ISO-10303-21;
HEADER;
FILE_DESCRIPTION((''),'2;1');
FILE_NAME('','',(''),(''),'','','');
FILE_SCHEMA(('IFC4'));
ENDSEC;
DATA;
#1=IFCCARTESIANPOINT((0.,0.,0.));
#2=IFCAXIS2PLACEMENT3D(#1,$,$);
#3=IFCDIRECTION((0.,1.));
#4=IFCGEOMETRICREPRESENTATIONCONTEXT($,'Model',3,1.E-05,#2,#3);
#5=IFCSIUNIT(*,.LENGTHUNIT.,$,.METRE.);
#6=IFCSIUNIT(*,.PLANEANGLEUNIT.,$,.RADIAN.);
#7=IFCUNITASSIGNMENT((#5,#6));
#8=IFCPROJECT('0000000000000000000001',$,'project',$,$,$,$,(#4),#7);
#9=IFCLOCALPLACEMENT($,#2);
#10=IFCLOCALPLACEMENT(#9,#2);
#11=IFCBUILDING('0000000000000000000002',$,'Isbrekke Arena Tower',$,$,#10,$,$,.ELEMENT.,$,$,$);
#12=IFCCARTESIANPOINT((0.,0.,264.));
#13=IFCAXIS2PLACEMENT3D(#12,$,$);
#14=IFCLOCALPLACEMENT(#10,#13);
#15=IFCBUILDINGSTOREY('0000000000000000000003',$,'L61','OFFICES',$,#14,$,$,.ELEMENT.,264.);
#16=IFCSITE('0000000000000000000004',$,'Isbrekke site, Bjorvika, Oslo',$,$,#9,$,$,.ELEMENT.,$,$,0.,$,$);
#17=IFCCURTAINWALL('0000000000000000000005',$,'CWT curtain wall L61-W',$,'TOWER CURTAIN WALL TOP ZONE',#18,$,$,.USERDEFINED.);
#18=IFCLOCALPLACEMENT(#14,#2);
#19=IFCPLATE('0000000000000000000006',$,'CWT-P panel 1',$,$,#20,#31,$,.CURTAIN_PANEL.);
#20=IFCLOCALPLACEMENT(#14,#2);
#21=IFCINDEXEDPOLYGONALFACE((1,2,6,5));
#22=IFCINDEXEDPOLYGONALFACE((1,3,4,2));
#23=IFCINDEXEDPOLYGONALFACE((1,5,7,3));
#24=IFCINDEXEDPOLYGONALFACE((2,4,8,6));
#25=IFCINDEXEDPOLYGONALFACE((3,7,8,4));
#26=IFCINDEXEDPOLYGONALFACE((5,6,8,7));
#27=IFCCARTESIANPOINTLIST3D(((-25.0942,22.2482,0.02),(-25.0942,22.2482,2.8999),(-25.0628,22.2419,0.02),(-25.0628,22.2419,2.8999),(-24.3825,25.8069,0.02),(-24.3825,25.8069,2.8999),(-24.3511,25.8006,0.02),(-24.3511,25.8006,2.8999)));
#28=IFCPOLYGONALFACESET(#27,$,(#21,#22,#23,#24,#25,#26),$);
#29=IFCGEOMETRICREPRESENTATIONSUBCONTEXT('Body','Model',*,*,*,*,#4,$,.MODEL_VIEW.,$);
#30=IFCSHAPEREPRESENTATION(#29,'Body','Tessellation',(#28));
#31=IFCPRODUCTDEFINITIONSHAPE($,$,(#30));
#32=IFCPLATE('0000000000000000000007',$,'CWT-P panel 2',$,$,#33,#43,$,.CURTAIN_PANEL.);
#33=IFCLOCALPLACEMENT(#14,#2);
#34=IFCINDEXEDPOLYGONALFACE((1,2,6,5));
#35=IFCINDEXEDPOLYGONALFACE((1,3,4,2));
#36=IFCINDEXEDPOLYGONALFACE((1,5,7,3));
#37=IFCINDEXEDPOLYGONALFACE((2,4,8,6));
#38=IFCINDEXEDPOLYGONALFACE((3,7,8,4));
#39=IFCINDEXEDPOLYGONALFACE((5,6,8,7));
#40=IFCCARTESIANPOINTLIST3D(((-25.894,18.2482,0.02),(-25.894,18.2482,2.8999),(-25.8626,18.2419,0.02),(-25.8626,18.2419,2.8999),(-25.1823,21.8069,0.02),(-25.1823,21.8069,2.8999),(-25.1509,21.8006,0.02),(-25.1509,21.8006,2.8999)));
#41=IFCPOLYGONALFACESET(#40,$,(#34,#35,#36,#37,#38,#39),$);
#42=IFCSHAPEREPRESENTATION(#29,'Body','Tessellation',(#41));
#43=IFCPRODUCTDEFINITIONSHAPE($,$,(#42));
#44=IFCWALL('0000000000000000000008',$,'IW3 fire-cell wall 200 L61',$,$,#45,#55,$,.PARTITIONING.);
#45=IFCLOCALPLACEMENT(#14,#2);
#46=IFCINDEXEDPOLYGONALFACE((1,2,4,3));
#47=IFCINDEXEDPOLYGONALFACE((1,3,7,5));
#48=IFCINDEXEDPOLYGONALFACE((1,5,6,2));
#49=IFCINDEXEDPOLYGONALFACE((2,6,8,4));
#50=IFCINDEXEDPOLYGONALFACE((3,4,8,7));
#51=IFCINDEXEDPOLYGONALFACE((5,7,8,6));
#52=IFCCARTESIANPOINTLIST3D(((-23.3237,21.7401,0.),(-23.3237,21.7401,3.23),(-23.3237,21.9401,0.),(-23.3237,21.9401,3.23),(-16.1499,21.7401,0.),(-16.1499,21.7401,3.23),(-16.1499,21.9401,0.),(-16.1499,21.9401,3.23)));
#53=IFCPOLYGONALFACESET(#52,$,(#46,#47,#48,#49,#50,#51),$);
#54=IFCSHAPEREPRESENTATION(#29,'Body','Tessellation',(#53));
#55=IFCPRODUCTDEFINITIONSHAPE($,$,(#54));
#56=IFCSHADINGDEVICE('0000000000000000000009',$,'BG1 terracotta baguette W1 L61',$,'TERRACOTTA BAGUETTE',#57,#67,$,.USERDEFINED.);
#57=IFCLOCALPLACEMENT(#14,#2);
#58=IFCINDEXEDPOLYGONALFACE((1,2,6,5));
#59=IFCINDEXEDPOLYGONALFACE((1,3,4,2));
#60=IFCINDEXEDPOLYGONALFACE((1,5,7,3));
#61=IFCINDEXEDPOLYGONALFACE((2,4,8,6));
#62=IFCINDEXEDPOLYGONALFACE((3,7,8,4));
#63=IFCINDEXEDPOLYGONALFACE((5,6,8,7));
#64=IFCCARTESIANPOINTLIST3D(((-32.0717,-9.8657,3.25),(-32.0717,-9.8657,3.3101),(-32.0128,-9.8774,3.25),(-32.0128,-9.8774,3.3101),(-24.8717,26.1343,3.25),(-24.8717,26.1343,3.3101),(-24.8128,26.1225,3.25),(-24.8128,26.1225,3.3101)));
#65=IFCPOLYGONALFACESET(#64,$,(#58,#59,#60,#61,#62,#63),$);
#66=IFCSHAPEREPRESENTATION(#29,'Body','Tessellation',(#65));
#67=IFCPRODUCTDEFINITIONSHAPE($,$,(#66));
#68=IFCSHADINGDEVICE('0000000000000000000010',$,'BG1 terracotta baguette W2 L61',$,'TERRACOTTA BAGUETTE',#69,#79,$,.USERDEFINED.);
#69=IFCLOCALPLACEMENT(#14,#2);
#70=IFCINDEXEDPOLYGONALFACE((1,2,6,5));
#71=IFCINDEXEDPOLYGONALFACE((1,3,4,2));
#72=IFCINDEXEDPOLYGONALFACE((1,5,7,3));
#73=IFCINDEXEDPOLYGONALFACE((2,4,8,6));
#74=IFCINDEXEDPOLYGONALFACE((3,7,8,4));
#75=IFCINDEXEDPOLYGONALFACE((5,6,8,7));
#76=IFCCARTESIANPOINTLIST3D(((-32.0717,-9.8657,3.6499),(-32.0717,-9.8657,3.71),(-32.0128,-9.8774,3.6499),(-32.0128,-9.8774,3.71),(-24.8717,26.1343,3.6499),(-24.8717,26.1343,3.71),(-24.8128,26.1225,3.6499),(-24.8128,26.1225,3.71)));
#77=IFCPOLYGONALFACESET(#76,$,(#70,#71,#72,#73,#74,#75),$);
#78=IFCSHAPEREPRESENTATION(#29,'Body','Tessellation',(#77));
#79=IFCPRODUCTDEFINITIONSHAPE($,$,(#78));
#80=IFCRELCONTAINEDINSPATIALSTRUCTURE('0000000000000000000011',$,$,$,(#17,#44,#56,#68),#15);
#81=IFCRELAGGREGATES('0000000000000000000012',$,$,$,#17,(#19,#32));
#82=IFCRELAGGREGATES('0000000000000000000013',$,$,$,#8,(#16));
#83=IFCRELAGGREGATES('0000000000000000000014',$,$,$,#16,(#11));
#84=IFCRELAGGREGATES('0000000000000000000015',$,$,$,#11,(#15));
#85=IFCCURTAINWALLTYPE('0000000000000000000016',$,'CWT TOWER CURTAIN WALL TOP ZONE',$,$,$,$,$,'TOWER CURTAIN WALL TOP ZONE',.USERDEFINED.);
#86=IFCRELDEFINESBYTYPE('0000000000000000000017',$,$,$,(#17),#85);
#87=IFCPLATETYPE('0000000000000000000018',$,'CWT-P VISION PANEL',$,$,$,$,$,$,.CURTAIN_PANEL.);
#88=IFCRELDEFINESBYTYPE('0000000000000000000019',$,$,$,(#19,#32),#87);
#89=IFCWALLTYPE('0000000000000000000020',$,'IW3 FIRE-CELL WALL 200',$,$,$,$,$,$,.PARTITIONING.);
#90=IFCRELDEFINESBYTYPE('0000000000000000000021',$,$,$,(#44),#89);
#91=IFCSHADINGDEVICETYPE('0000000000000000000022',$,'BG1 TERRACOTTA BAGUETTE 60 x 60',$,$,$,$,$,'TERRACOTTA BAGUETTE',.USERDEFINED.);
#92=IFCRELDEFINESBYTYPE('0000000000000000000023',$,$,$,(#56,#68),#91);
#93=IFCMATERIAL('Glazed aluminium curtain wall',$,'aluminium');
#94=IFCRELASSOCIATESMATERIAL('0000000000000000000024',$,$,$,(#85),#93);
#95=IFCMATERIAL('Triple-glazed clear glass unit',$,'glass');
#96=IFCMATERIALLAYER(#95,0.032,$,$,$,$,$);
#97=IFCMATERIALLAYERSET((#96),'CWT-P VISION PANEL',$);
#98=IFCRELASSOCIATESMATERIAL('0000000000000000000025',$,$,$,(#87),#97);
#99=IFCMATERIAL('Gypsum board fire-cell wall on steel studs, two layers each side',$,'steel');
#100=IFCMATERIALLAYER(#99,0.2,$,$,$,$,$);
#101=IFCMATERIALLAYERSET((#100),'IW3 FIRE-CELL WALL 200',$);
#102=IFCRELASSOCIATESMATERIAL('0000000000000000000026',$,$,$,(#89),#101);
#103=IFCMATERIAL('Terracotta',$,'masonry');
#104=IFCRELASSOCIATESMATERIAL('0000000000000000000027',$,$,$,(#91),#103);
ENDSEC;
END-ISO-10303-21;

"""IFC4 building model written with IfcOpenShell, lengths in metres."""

from ifc_helpers import new_model, si_unit, direction, frame, frame_2d, origin, origin_2d, place, context, subcontext, project, spatial, rectangle, extrude, material, layer, layer_set, material_profile, profile_set, type_object, element, aggregate, save


model = new_model("IFC4")

# Units and contexts
model_context = context("Model", 3, precision=1e-05, world=origin(), true_north=direction((0.0, 1.0)))
body_context = subcontext(model_context, "Body", "Model", "MODEL_VIEW")
ifc_project = project(units=[si_unit("LENGTHUNIT", "METRE"), si_unit("PLANEANGLEUNIT", "RADIAN")], contexts=[model_context])

# Site, building, storey
site_placement = place(None, origin())
site = spatial("IfcSite", under=ifc_project, at=site_placement, Name="Isbrekke site, Bjorvika, Oslo", CompositionType="ELEMENT", RefElevation=0.0)
building_placement = place(site_placement, origin())
building = spatial("IfcBuilding", under=site, at=building_placement, Name="Isbrekke Arena Tower", CompositionType="ELEMENT")
storey_placement = place(building_placement, frame((0.0, 0.0, 264.0)))
storey = spatial("IfcBuildingStorey", under=building, at=storey_placement, Name="L61", Description="OFFICES", CompositionType="ELEMENT", Elevation=264.0)

# Shared definitions
ifc_material_1 = material(Name="Glazed aluminium curtain wall", Category="aluminium")
curtain_wall_type = type_object("IfcCurtainWallType", Name="CWT TOWER CURTAIN WALL TOP ZONE", ElementType="TOWER CURTAIN WALL TOP ZONE", PredefinedType="USERDEFINED", material=ifc_material_1)

# Curtain wall
curtain_wall_1_placement = place(storey_placement, origin())
curtain_wall_1 = element("IfcCurtainWall", 1, at=curtain_wall_1_placement, inside=storey, type_object=curtain_wall_type, Name="CWT curtain wall L61-W", ObjectType="TOWER CURTAIN WALL TOP ZONE", PredefinedType="USERDEFINED")

# Plates
ifc_material_2 = material(Name="Triple-glazed clear glass unit", Category="glass")
ifc_layer_1 = layer(ifc_material_2, 0.032)
ifc_layer_set_1 = layer_set([ifc_layer_1], Name="CWT-P VISION PANEL")
plate_type = type_object("IfcPlateType", Name="CWT-P VISION PANEL", PredefinedType="CURTAIN_PANEL", material=ifc_layer_set_1)
plate_1_placement = place(storey_placement, frame((-24.7227, 24.0244, 0.02), z_axis=(0.0, 0.0, 1.0), x_axis=(-0.196116, -0.980581, 0.0)))
plate_1 = element("IfcPlate", 2, at=plate_1_placement, type_object=plate_type, Name="CWT-P panel 1", PredefinedType="CURTAIN_PANEL", context=body_context, shape_type="SweptSolid", body=[
    extrude(rectangle(XDim=3.6292, YDim=0.032, at=origin_2d()), origin(), (0.0, 0.0, 1.0), 2.8799),
])
plate_2_placement = place(storey_placement, frame((-25.5225, 20.0244, 0.02), z_axis=(0.0, 0.0, 1.0), x_axis=(-0.196116, -0.980581, 0.0)))
plate_2 = element("IfcPlate", 3, at=plate_2_placement, type_object=plate_type, Name="CWT-P panel 2", PredefinedType="CURTAIN_PANEL", context=body_context, shape_type="SweptSolid", body=[
    extrude(rectangle(XDim=3.6292, YDim=0.032, at=origin_2d()), origin(), (0.0, 0.0, 1.0), 2.8799),
])
aggregate(curtain_wall_1, [plate_1, plate_2])

# Wall
ifc_material_3 = material(Name="Gypsum board fire-cell wall on steel studs, two layers each side", Category="steel")
ifc_layer_2 = layer(ifc_material_3, 0.2)
ifc_layer_set_2 = layer_set([ifc_layer_2], Name="IW3 FIRE-CELL WALL 200")
wall_type = type_object("IfcWallType", Name="IW3 FIRE-CELL WALL 200", PredefinedType="PARTITIONING", material=ifc_layer_set_2)
wall_placement = place(storey_placement, frame((-23.3237, 21.8401, 0.0), z_axis=(0.0, 0.0, 1.0), x_axis=(1.0, 0.0, 0.0)))
element("IfcWall", 4, at=wall_placement, inside=storey, type_object=wall_type, Name="IW3 fire-cell wall 200 L61", PredefinedType="PARTITIONING", context=body_context, shape_type="SweptSolid", body=[
    extrude(rectangle(XDim=7.1738, YDim=0.2, at=frame_2d((3.5869, 0.0))), origin(), (0.0, 0.0, 1.0), 3.23),
])

# Shading devices
ifc_material_4 = material(Name="Terracotta", Category="masonry")
ifc_material_profile_1 = material_profile(ifc_material_4, rectangle(XDim=0.0601, YDim=0.0601, at=origin_2d()), Name="BAGUETTE 60X60")
ifc_profile_set_1 = profile_set([ifc_material_profile_1], Name="Terracotta")
shading_device_type = type_object("IfcShadingDeviceType", Name="BG1 TERRACOTTA BAGUETTE 60 x 60", ElementType="TERRACOTTA BAGUETTE", PredefinedType="USERDEFINED", material=ifc_profile_set_1)
for number, where, z_axis, x_axis, name in (
    (5, (-24.8423, 26.1284, 3.28), (-0.196115, -0.980581, 0.0), (0.980581, -0.196115, 0.0), "BG1 terracotta baguette W1 L61"),
    (6, (-24.8423, 26.1284, 3.6799), (-0.196115, -0.980581, 0.0), (0.980581, -0.196115, 0.0), "BG1 terracotta baguette W2 L61"),
):
    element("IfcShadingDevice", number, at=place(storey_placement, frame(where, z_axis=z_axis, x_axis=x_axis)), inside=storey, type_object=shading_device_type, Name=name, ObjectType="TERRACOTTA BAGUETTE", PredefinedType="USERDEFINED", context=body_context, shape_type="SweptSolid", body=[
        extrude(rectangle(XDim=0.0601, YDim=0.0601, at=origin_2d()), origin(), (0.0, 0.0, 1.0), 36.7129),
    ])

save(model, "model.ifc")
